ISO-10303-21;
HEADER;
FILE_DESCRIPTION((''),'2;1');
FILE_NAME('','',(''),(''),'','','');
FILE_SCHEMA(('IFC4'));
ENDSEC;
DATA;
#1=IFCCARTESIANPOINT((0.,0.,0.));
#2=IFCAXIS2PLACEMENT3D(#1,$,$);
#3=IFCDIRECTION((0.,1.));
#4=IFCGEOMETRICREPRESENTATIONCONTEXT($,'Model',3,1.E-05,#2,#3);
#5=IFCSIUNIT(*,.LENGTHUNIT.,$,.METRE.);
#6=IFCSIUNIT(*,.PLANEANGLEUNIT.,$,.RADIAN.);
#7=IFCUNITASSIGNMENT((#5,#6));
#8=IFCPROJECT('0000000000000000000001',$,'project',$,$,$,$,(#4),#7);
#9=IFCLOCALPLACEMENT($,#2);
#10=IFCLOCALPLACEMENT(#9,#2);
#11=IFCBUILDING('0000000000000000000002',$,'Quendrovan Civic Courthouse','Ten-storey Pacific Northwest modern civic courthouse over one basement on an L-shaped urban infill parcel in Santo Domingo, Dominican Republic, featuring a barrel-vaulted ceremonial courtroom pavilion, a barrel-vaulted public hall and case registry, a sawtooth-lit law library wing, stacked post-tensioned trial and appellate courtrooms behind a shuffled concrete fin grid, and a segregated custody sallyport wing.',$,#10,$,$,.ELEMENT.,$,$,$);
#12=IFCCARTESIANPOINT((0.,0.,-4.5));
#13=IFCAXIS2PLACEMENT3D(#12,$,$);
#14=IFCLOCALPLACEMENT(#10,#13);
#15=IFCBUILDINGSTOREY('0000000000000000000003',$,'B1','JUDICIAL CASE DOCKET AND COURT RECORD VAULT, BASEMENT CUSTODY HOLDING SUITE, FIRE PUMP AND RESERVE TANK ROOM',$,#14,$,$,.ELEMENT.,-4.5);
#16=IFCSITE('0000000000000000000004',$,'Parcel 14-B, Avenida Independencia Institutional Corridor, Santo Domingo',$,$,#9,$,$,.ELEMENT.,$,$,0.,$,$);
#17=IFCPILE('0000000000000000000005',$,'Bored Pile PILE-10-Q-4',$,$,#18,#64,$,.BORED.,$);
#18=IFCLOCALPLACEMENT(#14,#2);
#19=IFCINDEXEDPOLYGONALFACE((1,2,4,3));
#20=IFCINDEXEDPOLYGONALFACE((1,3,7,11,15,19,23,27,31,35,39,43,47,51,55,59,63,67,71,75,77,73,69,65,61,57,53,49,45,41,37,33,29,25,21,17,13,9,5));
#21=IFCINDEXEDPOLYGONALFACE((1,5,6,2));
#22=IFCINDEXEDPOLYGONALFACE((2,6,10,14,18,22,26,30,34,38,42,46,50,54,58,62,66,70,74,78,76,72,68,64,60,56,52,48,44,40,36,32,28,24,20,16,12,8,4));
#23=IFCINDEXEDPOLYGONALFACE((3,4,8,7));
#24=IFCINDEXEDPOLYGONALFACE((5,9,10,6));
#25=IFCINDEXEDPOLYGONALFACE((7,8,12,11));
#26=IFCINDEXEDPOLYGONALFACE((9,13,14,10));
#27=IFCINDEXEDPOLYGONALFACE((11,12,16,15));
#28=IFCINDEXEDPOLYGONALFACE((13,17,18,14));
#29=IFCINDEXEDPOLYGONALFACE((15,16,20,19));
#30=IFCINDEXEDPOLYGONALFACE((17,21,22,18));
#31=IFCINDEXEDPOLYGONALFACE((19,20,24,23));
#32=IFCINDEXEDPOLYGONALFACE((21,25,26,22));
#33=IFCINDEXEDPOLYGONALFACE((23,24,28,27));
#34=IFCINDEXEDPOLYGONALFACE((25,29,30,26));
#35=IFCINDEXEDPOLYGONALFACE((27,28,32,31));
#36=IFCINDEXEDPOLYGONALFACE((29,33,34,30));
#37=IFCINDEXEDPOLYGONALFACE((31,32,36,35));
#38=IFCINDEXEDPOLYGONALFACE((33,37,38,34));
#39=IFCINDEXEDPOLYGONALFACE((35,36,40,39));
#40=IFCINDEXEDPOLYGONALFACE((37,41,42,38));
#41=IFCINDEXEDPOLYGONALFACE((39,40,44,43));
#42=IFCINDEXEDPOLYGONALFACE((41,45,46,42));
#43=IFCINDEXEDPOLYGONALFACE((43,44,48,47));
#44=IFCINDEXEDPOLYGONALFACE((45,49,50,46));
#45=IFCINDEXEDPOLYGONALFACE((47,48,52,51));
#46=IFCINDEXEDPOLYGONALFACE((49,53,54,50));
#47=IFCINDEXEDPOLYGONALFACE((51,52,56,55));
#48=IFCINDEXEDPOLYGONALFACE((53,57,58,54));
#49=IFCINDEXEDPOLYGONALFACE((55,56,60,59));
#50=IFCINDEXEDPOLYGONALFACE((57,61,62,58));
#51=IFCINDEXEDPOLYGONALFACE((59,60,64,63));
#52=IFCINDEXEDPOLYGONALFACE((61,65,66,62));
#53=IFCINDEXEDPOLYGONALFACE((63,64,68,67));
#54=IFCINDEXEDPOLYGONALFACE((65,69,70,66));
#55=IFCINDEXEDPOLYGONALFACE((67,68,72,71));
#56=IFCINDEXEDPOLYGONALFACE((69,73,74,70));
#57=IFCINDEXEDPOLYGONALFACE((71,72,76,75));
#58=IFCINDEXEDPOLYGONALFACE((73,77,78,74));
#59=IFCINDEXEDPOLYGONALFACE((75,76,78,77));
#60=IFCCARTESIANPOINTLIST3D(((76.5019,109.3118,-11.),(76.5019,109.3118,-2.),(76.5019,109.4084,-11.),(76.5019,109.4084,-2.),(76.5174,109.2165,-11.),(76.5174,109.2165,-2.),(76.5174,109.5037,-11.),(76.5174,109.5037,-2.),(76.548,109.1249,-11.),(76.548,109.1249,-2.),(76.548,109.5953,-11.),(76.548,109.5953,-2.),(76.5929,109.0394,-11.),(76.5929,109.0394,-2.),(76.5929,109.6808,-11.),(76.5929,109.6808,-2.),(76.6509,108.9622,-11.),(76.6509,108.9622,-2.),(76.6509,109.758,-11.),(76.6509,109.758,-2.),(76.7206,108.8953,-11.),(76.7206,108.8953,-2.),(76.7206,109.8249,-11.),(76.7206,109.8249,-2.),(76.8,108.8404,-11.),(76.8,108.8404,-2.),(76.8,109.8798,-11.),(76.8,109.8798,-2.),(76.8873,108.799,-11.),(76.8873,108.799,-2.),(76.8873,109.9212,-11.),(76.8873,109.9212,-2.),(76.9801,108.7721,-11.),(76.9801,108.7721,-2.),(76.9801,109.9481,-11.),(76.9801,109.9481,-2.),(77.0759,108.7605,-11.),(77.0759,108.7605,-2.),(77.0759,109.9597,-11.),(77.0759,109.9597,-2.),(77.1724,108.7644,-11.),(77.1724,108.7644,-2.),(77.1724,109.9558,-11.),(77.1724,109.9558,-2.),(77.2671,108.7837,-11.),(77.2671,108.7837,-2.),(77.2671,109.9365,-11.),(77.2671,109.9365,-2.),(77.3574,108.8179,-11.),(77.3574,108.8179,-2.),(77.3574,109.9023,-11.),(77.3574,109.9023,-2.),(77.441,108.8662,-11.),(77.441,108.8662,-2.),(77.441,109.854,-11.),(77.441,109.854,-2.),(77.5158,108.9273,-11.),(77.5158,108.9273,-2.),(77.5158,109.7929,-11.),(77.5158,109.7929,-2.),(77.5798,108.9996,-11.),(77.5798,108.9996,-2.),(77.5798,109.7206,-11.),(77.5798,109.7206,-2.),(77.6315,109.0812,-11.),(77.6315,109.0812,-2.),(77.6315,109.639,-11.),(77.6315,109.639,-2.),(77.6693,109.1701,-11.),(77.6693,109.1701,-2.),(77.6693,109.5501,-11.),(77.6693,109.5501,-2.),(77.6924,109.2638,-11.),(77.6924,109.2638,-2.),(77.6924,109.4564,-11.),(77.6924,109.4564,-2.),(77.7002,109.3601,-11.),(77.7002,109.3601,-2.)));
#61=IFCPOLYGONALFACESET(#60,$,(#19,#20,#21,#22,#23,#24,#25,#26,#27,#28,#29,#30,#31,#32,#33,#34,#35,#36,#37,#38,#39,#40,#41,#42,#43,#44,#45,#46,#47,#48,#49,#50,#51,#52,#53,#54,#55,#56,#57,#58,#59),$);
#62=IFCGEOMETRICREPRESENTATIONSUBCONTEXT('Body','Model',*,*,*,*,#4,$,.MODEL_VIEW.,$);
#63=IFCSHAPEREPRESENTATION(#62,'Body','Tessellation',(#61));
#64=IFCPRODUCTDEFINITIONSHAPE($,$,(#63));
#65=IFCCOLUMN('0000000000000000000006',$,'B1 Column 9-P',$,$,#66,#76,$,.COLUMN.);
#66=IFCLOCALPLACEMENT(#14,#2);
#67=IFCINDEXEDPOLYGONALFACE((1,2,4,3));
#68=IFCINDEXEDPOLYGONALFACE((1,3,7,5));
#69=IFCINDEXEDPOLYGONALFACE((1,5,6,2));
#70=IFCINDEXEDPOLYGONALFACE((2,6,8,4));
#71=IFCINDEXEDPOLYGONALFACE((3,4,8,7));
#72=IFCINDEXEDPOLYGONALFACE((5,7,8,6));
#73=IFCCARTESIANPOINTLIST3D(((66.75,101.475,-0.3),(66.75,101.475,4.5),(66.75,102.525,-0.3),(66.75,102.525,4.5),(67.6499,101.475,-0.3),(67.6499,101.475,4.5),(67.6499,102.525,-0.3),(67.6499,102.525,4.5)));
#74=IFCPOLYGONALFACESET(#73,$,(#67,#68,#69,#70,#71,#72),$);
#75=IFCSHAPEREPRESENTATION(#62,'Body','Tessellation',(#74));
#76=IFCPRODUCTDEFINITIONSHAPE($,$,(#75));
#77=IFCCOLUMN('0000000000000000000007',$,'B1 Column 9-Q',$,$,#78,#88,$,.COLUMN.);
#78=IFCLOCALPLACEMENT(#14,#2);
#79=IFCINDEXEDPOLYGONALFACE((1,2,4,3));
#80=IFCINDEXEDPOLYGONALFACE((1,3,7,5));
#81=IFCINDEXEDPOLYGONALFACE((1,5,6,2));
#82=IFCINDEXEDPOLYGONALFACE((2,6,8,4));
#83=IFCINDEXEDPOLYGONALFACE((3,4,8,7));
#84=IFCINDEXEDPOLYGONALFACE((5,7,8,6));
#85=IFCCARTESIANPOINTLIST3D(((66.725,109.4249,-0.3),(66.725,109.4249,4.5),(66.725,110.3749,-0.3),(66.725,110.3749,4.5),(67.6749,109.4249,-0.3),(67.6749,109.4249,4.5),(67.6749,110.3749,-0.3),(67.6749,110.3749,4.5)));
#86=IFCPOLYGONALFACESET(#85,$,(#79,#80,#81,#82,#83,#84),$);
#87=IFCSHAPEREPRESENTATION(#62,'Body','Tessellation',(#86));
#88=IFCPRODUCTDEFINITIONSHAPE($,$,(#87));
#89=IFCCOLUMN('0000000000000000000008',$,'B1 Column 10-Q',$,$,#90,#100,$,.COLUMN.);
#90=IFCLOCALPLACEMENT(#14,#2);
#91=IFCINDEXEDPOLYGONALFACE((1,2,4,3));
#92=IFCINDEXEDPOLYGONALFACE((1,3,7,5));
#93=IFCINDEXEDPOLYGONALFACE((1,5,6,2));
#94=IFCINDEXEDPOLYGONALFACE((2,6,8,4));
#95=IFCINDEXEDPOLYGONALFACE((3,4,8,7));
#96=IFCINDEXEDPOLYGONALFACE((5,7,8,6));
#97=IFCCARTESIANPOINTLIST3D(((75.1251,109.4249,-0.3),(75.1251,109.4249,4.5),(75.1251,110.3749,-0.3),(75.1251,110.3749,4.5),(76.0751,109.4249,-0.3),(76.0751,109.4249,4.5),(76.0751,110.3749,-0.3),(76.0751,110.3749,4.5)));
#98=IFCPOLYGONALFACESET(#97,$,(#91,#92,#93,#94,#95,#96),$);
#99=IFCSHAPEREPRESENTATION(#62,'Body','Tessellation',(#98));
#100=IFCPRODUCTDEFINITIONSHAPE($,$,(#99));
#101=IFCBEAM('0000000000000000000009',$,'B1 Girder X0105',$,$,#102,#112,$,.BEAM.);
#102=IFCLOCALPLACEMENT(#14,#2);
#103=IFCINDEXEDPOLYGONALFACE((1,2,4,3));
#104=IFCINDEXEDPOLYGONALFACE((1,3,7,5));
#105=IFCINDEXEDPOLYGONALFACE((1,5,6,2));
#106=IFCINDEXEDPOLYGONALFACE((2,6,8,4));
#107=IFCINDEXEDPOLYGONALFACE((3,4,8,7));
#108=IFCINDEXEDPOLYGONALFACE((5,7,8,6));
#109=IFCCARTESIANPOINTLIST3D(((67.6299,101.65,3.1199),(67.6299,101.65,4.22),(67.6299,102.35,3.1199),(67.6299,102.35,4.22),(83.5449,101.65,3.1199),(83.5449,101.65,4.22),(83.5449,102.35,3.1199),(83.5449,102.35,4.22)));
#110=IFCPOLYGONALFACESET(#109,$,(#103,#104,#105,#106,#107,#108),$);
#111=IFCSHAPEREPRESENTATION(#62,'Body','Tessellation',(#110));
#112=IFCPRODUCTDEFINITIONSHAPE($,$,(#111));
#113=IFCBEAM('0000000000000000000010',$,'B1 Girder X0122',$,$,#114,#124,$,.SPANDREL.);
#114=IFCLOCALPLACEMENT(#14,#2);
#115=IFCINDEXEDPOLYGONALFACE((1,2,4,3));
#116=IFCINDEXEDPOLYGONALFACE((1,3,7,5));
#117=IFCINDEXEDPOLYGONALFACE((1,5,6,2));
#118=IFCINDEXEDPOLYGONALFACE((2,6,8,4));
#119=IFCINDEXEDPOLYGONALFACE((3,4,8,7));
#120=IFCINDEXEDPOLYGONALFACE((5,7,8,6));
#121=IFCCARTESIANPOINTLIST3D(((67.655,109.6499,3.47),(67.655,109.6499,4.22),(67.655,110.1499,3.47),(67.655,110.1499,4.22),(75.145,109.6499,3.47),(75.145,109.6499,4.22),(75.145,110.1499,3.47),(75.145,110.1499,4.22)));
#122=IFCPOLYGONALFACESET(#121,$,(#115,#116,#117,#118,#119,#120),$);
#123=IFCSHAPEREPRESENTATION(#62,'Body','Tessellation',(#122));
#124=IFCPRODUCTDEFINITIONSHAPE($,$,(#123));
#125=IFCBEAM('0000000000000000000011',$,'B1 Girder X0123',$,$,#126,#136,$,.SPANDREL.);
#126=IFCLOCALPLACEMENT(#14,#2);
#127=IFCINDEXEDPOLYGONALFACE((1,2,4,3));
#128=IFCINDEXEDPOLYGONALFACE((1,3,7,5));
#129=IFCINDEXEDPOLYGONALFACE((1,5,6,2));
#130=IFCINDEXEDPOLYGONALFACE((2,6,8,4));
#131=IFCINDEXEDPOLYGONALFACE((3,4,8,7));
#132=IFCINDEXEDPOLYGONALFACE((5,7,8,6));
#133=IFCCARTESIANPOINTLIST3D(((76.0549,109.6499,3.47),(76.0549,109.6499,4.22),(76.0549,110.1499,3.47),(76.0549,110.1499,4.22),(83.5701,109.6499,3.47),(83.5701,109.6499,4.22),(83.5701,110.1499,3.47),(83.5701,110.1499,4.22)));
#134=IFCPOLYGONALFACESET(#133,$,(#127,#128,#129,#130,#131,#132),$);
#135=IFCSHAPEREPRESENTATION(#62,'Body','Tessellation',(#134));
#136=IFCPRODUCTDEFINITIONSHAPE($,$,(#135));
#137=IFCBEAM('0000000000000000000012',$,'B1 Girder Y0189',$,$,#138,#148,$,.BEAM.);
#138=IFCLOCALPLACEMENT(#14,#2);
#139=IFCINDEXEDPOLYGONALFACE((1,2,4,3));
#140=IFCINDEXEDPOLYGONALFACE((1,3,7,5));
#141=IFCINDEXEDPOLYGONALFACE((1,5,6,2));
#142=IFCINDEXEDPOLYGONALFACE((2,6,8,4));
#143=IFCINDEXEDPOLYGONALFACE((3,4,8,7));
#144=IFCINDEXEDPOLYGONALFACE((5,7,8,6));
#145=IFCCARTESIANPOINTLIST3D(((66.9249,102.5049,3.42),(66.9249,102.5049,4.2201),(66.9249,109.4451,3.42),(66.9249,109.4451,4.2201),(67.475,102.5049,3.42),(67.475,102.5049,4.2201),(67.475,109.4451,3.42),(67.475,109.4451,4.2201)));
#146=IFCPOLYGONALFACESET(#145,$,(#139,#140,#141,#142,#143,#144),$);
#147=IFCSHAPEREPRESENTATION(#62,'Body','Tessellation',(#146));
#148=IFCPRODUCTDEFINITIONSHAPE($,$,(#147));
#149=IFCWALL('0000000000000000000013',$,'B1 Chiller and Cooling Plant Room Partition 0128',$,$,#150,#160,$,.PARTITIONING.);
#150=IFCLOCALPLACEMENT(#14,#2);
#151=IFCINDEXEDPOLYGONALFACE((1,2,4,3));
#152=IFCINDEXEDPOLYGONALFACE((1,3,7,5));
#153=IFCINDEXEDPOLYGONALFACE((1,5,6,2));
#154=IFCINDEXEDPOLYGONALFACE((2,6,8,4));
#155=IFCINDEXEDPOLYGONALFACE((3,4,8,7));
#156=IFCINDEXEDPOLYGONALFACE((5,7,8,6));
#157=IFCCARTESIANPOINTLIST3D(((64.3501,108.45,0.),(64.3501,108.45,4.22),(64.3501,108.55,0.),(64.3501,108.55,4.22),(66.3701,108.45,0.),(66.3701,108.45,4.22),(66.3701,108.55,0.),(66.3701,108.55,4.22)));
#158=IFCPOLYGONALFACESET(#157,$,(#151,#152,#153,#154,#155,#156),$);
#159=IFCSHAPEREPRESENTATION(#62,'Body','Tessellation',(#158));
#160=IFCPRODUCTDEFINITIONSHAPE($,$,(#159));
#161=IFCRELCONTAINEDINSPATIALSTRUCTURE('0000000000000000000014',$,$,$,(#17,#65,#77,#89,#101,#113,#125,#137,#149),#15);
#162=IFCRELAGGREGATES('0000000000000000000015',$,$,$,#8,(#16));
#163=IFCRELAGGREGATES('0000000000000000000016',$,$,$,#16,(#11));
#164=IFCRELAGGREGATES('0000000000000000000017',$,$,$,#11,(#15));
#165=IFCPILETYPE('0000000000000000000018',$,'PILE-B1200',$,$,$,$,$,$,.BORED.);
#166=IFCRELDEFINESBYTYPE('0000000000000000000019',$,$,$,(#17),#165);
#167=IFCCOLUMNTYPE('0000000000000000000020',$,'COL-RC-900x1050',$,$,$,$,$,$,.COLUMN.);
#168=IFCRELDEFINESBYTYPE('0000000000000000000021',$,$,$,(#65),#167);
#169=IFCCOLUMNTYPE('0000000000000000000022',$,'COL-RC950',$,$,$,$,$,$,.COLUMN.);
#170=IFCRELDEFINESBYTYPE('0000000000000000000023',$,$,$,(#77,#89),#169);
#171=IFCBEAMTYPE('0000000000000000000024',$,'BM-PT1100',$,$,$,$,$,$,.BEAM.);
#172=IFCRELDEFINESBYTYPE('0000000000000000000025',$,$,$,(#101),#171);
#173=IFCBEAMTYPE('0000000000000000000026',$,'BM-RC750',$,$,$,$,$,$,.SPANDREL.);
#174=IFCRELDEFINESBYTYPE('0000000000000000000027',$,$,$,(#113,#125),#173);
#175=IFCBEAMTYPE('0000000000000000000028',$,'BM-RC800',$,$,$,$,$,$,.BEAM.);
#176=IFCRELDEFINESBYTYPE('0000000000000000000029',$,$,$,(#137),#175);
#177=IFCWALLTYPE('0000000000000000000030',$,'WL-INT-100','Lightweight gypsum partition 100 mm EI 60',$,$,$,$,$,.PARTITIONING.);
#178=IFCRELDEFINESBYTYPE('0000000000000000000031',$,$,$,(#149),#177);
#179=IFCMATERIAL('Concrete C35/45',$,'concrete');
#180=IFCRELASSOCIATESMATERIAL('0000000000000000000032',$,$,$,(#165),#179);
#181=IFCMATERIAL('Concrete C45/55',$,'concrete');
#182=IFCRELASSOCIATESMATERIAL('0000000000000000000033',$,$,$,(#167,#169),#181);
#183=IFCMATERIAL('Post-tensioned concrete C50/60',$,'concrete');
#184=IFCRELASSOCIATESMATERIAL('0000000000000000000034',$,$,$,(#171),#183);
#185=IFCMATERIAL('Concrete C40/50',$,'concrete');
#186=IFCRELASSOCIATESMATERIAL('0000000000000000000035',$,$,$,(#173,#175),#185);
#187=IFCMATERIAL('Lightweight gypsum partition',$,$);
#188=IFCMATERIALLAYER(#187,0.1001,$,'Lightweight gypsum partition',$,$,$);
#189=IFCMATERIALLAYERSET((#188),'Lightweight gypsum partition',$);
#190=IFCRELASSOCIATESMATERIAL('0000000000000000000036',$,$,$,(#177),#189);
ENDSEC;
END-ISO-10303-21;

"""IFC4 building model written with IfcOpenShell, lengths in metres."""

from ifc_helpers import new_model, si_unit, direction, frame, frame_2d, origin, origin_2d, place, context, subcontext, project, spatial, rectangle, circle, extrude, material, layer, layer_set, material_profile, profile_set, type_object, element, save


model = new_model("IFC4")

# Units and contexts
model_context = context("Model", 3, precision=1e-05, world=origin(), true_north=direction((0.0, 1.0)))
body_context = subcontext(model_context, "Body", "Model", "MODEL_VIEW")
ifc_project = project(units=[si_unit("LENGTHUNIT", "METRE"), si_unit("PLANEANGLEUNIT", "RADIAN")], contexts=[model_context])

# Site, building, storey
site_placement = place(None, origin())
site = spatial("IfcSite", under=ifc_project, at=site_placement, Name="Parcel 14-B, Avenida Independencia Institutional Corridor, Santo Domingo", CompositionType="ELEMENT", RefElevation=0.0)
building_placement = place(site_placement, origin())
building = spatial("IfcBuilding", under=site, at=building_placement, Name="Quendrovan Civic Courthouse", Description="Ten-storey Pacific Northwest modern civic courthouse over one basement on an L-shaped urban infill parcel in Santo Domingo, Dominican Republic, featuring a barrel-vaulted ceremonial courtroom pavilion, a barrel-vaulted public hall and case registry, a sawtooth-lit law library wing, stacked post-tensioned trial and appellate courtrooms behind a shuffled concrete fin grid, and a segregated custody sallyport wing.", CompositionType="ELEMENT")
storey_placement = place(building_placement, frame((0.0, 0.0, -4.5)))
storey = spatial("IfcBuildingStorey", under=building, at=storey_placement, Name="B1", Description="JUDICIAL CASE DOCKET AND COURT RECORD VAULT, BASEMENT CUSTODY HOLDING SUITE, FIRE PUMP AND RESERVE TANK ROOM", CompositionType="ELEMENT", Elevation=-4.5)

# Shared definitions
ifc_material_1 = material(Name="Concrete C35/45", Category="concrete")

# Pile
ifc_material_profile_1 = material_profile(ifc_material_1, circle(Radius=0.6001, at=origin_2d()), Name="PILE-D1200")
ifc_profile_set_1 = profile_set([ifc_material_profile_1], Name="Concrete C35/45")
pile_type = type_object("IfcPileType", Name="PILE-B1200", PredefinedType="BORED", material=ifc_profile_set_1)
for number, where, z_axis, x_axis, name in (
    (1, (77.1001, 109.3601, -2.0), (0.0, 0.0, -1.0), (1.0, 0.0, 0.0), "Bored Pile PILE-10-Q-4"),
):
    element("IfcPile", number, at=place(storey_placement, frame(where, z_axis=z_axis, x_axis=x_axis)), inside=storey, type_object=pile_type, Name=name, PredefinedType="BORED", context=body_context, shape_type="SweptSolid", body=[
        extrude(circle(Radius=0.6001, at=origin_2d()), origin(), (0.0, 0.0, 1.0), 9.0),
    ])

# Columns
ifc_material_2 = material(Name="Concrete C45/55", Category="concrete")
ifc_material_profile_2 = material_profile(ifc_material_2, rectangle(XDim=0.8999, YDim=1.05, at=origin_2d()), Name="RC-COL-900x1050")
ifc_profile_set_2 = profile_set([ifc_material_profile_2], Name="Concrete C45/55")
column_type_1 = type_object("IfcColumnType", Name="COL-RC-900x1050", PredefinedType="COLUMN", material=ifc_profile_set_2)
column_placement = place(storey_placement, frame((67.2, 102.0, -0.3), z_axis=(0.0, 0.0, 1.0), x_axis=(1.0, 0.0, 0.0)))
element("IfcColumn", 2, at=column_placement, inside=storey, type_object=column_type_1, Name="B1 Column 9-P", PredefinedType="COLUMN", context=body_context, shape_type="SweptSolid", body=[
    extrude(rectangle(XDim=0.8999, YDim=1.05, at=origin_2d()), origin(), (0.0, 0.0, 1.0), 4.8),
])
ifc_material_profile_3 = material_profile(ifc_material_2, rectangle(XDim=0.95, YDim=0.95, at=origin_2d()), Name="RC-COL-950x950")
ifc_profile_set_3 = profile_set([ifc_material_profile_3], Name="Concrete C45/55")
column_type_2 = type_object("IfcColumnType", Name="COL-RC950", PredefinedType="COLUMN", material=ifc_profile_set_3)
for number, where, z_axis, x_axis, name in (
    (3, (67.2, 109.8999, -0.3), (0.0, 0.0, 1.0), (1.0, 0.0, 0.0), "B1 Column 9-Q"),
    (4, (75.6001, 109.8999, -0.3), (0.0, 0.0, 1.0), (1.0, 0.0, 0.0), "B1 Column 10-Q"),
):
    element("IfcColumn", number, at=place(storey_placement, frame(where, z_axis=z_axis, x_axis=x_axis)), inside=storey, type_object=column_type_2, Name=name, PredefinedType="COLUMN", context=body_context, shape_type="SweptSolid", body=[
        extrude(rectangle(XDim=0.95, YDim=0.95, at=origin_2d()), origin(), (0.0, 0.0, 1.0), 4.8),
    ])

# Beams
ifc_material_3 = material(Name="Post-tensioned concrete C50/60", Category="concrete")
ifc_material_profile_4 = material_profile(ifc_material_3, rectangle(XDim=0.7, YDim=1.1001, at=origin_2d()), Name="PT-GIRD-700x1100")
ifc_profile_set_4 = profile_set([ifc_material_profile_4], Name="Post-tensioned concrete C50/60")
beam_type_1 = type_object("IfcBeamType", Name="BM-PT1100", PredefinedType="BEAM", material=ifc_profile_set_4)
beam_1_placement = place(storey_placement, frame((67.6299, 102.0, 3.6699), z_axis=(1.0, 0.0, 0.0), x_axis=(0.0, 1.0, 0.0)))
element("IfcBeam", 5, at=beam_1_placement, inside=storey, type_object=beam_type_1, Name="B1 Girder X0105", PredefinedType="BEAM", context=body_context, shape_type="SweptSolid", body=[
    extrude(rectangle(XDim=0.7, YDim=1.1001, at=origin_2d()), origin(), (0.0, 0.0, 1.0), 15.915),
])
ifc_material_4 = material(Name="Concrete C40/50", Category="concrete")
ifc_material_profile_5 = material_profile(ifc_material_4, rectangle(XDim=0.5, YDim=0.75, at=origin_2d()), Name="RC-BM-500x750")
ifc_profile_set_5 = profile_set([ifc_material_profile_5], Name="Concrete C40/50")
beam_type_2 = type_object("IfcBeamType", Name="BM-RC750", PredefinedType="SPANDREL", material=ifc_profile_set_5)
beam_2_placement = place(storey_placement, frame((67.655, 109.8999, 3.845), z_axis=(1.0, 0.0, 0.0), x_axis=(0.0, 1.0, 0.0)))
element("IfcBeam", 6, at=beam_2_placement, inside=storey, type_object=beam_type_2, Name="B1 Girder X0122", PredefinedType="SPANDREL", context=body_context, shape_type="SweptSolid", body=[
    extrude(rectangle(XDim=0.5, YDim=0.75, at=origin_2d()), origin(), (0.0, 0.0, 1.0), 7.49),
])
beam_3_placement = place(storey_placement, frame((76.0549, 109.8999, 3.845), z_axis=(1.0, 0.0, 0.0), x_axis=(0.0, 1.0, 0.0)))
element("IfcBeam", 7, at=beam_3_placement, inside=storey, type_object=beam_type_2, Name="B1 Girder X0123", PredefinedType="SPANDREL", context=body_context, shape_type="SweptSolid", body=[
    extrude(rectangle(XDim=0.5, YDim=0.75, at=origin_2d()), origin(), (0.0, 0.0, 1.0), 7.5151),
])
ifc_material_profile_6 = material_profile(ifc_material_4, rectangle(XDim=0.55, YDim=0.8, at=origin_2d()), Name="RC-BM-550x800")
ifc_profile_set_6 = profile_set([ifc_material_profile_6], Name="Concrete C40/50")
beam_type_3 = type_object("IfcBeamType", Name="BM-RC800", PredefinedType="BEAM", material=ifc_profile_set_6)
beam_4_placement = place(storey_placement, frame((67.2, 102.5049, 3.8201), z_axis=(0.0, 1.0, 0.0), x_axis=(-1.0, 0.0, 0.0)))
element("IfcBeam", 8, at=beam_4_placement, inside=storey, type_object=beam_type_3, Name="B1 Girder Y0189", PredefinedType="BEAM", context=body_context, shape_type="SweptSolid", body=[
    extrude(rectangle(XDim=0.55, YDim=0.8, at=origin_2d()), origin(), (0.0, 0.0, 1.0), 6.9402),
])

# Wall
ifc_material_5 = material(Name="Lightweight gypsum partition")
ifc_layer = layer(ifc_material_5, 0.1001, Name="Lightweight gypsum partition")
ifc_layer_set = layer_set([ifc_layer], Name="Lightweight gypsum partition")
wall_type = type_object("IfcWallType", Name="WL-INT-100", Description="Lightweight gypsum partition 100 mm EI 60", PredefinedType="PARTITIONING", material=ifc_layer_set)
wall_placement = place(storey_placement, frame((66.3701, 108.5, 0.0), z_axis=(0.0, 0.0, 1.0), x_axis=(-1.0, 0.0, 0.0)))
element("IfcWall", 9, at=wall_placement, inside=storey, type_object=wall_type, Name="B1 Chiller and Cooling Plant Room Partition 0128", PredefinedType="PARTITIONING", context=body_context, shape_type="SweptSolid", body=[
    extrude(rectangle(XDim=2.02, YDim=0.1001, at=frame_2d((1.01, 0.0))), origin(), (0.0, 0.0, 1.0), 4.22),
])

save(model, "model.ifc")
